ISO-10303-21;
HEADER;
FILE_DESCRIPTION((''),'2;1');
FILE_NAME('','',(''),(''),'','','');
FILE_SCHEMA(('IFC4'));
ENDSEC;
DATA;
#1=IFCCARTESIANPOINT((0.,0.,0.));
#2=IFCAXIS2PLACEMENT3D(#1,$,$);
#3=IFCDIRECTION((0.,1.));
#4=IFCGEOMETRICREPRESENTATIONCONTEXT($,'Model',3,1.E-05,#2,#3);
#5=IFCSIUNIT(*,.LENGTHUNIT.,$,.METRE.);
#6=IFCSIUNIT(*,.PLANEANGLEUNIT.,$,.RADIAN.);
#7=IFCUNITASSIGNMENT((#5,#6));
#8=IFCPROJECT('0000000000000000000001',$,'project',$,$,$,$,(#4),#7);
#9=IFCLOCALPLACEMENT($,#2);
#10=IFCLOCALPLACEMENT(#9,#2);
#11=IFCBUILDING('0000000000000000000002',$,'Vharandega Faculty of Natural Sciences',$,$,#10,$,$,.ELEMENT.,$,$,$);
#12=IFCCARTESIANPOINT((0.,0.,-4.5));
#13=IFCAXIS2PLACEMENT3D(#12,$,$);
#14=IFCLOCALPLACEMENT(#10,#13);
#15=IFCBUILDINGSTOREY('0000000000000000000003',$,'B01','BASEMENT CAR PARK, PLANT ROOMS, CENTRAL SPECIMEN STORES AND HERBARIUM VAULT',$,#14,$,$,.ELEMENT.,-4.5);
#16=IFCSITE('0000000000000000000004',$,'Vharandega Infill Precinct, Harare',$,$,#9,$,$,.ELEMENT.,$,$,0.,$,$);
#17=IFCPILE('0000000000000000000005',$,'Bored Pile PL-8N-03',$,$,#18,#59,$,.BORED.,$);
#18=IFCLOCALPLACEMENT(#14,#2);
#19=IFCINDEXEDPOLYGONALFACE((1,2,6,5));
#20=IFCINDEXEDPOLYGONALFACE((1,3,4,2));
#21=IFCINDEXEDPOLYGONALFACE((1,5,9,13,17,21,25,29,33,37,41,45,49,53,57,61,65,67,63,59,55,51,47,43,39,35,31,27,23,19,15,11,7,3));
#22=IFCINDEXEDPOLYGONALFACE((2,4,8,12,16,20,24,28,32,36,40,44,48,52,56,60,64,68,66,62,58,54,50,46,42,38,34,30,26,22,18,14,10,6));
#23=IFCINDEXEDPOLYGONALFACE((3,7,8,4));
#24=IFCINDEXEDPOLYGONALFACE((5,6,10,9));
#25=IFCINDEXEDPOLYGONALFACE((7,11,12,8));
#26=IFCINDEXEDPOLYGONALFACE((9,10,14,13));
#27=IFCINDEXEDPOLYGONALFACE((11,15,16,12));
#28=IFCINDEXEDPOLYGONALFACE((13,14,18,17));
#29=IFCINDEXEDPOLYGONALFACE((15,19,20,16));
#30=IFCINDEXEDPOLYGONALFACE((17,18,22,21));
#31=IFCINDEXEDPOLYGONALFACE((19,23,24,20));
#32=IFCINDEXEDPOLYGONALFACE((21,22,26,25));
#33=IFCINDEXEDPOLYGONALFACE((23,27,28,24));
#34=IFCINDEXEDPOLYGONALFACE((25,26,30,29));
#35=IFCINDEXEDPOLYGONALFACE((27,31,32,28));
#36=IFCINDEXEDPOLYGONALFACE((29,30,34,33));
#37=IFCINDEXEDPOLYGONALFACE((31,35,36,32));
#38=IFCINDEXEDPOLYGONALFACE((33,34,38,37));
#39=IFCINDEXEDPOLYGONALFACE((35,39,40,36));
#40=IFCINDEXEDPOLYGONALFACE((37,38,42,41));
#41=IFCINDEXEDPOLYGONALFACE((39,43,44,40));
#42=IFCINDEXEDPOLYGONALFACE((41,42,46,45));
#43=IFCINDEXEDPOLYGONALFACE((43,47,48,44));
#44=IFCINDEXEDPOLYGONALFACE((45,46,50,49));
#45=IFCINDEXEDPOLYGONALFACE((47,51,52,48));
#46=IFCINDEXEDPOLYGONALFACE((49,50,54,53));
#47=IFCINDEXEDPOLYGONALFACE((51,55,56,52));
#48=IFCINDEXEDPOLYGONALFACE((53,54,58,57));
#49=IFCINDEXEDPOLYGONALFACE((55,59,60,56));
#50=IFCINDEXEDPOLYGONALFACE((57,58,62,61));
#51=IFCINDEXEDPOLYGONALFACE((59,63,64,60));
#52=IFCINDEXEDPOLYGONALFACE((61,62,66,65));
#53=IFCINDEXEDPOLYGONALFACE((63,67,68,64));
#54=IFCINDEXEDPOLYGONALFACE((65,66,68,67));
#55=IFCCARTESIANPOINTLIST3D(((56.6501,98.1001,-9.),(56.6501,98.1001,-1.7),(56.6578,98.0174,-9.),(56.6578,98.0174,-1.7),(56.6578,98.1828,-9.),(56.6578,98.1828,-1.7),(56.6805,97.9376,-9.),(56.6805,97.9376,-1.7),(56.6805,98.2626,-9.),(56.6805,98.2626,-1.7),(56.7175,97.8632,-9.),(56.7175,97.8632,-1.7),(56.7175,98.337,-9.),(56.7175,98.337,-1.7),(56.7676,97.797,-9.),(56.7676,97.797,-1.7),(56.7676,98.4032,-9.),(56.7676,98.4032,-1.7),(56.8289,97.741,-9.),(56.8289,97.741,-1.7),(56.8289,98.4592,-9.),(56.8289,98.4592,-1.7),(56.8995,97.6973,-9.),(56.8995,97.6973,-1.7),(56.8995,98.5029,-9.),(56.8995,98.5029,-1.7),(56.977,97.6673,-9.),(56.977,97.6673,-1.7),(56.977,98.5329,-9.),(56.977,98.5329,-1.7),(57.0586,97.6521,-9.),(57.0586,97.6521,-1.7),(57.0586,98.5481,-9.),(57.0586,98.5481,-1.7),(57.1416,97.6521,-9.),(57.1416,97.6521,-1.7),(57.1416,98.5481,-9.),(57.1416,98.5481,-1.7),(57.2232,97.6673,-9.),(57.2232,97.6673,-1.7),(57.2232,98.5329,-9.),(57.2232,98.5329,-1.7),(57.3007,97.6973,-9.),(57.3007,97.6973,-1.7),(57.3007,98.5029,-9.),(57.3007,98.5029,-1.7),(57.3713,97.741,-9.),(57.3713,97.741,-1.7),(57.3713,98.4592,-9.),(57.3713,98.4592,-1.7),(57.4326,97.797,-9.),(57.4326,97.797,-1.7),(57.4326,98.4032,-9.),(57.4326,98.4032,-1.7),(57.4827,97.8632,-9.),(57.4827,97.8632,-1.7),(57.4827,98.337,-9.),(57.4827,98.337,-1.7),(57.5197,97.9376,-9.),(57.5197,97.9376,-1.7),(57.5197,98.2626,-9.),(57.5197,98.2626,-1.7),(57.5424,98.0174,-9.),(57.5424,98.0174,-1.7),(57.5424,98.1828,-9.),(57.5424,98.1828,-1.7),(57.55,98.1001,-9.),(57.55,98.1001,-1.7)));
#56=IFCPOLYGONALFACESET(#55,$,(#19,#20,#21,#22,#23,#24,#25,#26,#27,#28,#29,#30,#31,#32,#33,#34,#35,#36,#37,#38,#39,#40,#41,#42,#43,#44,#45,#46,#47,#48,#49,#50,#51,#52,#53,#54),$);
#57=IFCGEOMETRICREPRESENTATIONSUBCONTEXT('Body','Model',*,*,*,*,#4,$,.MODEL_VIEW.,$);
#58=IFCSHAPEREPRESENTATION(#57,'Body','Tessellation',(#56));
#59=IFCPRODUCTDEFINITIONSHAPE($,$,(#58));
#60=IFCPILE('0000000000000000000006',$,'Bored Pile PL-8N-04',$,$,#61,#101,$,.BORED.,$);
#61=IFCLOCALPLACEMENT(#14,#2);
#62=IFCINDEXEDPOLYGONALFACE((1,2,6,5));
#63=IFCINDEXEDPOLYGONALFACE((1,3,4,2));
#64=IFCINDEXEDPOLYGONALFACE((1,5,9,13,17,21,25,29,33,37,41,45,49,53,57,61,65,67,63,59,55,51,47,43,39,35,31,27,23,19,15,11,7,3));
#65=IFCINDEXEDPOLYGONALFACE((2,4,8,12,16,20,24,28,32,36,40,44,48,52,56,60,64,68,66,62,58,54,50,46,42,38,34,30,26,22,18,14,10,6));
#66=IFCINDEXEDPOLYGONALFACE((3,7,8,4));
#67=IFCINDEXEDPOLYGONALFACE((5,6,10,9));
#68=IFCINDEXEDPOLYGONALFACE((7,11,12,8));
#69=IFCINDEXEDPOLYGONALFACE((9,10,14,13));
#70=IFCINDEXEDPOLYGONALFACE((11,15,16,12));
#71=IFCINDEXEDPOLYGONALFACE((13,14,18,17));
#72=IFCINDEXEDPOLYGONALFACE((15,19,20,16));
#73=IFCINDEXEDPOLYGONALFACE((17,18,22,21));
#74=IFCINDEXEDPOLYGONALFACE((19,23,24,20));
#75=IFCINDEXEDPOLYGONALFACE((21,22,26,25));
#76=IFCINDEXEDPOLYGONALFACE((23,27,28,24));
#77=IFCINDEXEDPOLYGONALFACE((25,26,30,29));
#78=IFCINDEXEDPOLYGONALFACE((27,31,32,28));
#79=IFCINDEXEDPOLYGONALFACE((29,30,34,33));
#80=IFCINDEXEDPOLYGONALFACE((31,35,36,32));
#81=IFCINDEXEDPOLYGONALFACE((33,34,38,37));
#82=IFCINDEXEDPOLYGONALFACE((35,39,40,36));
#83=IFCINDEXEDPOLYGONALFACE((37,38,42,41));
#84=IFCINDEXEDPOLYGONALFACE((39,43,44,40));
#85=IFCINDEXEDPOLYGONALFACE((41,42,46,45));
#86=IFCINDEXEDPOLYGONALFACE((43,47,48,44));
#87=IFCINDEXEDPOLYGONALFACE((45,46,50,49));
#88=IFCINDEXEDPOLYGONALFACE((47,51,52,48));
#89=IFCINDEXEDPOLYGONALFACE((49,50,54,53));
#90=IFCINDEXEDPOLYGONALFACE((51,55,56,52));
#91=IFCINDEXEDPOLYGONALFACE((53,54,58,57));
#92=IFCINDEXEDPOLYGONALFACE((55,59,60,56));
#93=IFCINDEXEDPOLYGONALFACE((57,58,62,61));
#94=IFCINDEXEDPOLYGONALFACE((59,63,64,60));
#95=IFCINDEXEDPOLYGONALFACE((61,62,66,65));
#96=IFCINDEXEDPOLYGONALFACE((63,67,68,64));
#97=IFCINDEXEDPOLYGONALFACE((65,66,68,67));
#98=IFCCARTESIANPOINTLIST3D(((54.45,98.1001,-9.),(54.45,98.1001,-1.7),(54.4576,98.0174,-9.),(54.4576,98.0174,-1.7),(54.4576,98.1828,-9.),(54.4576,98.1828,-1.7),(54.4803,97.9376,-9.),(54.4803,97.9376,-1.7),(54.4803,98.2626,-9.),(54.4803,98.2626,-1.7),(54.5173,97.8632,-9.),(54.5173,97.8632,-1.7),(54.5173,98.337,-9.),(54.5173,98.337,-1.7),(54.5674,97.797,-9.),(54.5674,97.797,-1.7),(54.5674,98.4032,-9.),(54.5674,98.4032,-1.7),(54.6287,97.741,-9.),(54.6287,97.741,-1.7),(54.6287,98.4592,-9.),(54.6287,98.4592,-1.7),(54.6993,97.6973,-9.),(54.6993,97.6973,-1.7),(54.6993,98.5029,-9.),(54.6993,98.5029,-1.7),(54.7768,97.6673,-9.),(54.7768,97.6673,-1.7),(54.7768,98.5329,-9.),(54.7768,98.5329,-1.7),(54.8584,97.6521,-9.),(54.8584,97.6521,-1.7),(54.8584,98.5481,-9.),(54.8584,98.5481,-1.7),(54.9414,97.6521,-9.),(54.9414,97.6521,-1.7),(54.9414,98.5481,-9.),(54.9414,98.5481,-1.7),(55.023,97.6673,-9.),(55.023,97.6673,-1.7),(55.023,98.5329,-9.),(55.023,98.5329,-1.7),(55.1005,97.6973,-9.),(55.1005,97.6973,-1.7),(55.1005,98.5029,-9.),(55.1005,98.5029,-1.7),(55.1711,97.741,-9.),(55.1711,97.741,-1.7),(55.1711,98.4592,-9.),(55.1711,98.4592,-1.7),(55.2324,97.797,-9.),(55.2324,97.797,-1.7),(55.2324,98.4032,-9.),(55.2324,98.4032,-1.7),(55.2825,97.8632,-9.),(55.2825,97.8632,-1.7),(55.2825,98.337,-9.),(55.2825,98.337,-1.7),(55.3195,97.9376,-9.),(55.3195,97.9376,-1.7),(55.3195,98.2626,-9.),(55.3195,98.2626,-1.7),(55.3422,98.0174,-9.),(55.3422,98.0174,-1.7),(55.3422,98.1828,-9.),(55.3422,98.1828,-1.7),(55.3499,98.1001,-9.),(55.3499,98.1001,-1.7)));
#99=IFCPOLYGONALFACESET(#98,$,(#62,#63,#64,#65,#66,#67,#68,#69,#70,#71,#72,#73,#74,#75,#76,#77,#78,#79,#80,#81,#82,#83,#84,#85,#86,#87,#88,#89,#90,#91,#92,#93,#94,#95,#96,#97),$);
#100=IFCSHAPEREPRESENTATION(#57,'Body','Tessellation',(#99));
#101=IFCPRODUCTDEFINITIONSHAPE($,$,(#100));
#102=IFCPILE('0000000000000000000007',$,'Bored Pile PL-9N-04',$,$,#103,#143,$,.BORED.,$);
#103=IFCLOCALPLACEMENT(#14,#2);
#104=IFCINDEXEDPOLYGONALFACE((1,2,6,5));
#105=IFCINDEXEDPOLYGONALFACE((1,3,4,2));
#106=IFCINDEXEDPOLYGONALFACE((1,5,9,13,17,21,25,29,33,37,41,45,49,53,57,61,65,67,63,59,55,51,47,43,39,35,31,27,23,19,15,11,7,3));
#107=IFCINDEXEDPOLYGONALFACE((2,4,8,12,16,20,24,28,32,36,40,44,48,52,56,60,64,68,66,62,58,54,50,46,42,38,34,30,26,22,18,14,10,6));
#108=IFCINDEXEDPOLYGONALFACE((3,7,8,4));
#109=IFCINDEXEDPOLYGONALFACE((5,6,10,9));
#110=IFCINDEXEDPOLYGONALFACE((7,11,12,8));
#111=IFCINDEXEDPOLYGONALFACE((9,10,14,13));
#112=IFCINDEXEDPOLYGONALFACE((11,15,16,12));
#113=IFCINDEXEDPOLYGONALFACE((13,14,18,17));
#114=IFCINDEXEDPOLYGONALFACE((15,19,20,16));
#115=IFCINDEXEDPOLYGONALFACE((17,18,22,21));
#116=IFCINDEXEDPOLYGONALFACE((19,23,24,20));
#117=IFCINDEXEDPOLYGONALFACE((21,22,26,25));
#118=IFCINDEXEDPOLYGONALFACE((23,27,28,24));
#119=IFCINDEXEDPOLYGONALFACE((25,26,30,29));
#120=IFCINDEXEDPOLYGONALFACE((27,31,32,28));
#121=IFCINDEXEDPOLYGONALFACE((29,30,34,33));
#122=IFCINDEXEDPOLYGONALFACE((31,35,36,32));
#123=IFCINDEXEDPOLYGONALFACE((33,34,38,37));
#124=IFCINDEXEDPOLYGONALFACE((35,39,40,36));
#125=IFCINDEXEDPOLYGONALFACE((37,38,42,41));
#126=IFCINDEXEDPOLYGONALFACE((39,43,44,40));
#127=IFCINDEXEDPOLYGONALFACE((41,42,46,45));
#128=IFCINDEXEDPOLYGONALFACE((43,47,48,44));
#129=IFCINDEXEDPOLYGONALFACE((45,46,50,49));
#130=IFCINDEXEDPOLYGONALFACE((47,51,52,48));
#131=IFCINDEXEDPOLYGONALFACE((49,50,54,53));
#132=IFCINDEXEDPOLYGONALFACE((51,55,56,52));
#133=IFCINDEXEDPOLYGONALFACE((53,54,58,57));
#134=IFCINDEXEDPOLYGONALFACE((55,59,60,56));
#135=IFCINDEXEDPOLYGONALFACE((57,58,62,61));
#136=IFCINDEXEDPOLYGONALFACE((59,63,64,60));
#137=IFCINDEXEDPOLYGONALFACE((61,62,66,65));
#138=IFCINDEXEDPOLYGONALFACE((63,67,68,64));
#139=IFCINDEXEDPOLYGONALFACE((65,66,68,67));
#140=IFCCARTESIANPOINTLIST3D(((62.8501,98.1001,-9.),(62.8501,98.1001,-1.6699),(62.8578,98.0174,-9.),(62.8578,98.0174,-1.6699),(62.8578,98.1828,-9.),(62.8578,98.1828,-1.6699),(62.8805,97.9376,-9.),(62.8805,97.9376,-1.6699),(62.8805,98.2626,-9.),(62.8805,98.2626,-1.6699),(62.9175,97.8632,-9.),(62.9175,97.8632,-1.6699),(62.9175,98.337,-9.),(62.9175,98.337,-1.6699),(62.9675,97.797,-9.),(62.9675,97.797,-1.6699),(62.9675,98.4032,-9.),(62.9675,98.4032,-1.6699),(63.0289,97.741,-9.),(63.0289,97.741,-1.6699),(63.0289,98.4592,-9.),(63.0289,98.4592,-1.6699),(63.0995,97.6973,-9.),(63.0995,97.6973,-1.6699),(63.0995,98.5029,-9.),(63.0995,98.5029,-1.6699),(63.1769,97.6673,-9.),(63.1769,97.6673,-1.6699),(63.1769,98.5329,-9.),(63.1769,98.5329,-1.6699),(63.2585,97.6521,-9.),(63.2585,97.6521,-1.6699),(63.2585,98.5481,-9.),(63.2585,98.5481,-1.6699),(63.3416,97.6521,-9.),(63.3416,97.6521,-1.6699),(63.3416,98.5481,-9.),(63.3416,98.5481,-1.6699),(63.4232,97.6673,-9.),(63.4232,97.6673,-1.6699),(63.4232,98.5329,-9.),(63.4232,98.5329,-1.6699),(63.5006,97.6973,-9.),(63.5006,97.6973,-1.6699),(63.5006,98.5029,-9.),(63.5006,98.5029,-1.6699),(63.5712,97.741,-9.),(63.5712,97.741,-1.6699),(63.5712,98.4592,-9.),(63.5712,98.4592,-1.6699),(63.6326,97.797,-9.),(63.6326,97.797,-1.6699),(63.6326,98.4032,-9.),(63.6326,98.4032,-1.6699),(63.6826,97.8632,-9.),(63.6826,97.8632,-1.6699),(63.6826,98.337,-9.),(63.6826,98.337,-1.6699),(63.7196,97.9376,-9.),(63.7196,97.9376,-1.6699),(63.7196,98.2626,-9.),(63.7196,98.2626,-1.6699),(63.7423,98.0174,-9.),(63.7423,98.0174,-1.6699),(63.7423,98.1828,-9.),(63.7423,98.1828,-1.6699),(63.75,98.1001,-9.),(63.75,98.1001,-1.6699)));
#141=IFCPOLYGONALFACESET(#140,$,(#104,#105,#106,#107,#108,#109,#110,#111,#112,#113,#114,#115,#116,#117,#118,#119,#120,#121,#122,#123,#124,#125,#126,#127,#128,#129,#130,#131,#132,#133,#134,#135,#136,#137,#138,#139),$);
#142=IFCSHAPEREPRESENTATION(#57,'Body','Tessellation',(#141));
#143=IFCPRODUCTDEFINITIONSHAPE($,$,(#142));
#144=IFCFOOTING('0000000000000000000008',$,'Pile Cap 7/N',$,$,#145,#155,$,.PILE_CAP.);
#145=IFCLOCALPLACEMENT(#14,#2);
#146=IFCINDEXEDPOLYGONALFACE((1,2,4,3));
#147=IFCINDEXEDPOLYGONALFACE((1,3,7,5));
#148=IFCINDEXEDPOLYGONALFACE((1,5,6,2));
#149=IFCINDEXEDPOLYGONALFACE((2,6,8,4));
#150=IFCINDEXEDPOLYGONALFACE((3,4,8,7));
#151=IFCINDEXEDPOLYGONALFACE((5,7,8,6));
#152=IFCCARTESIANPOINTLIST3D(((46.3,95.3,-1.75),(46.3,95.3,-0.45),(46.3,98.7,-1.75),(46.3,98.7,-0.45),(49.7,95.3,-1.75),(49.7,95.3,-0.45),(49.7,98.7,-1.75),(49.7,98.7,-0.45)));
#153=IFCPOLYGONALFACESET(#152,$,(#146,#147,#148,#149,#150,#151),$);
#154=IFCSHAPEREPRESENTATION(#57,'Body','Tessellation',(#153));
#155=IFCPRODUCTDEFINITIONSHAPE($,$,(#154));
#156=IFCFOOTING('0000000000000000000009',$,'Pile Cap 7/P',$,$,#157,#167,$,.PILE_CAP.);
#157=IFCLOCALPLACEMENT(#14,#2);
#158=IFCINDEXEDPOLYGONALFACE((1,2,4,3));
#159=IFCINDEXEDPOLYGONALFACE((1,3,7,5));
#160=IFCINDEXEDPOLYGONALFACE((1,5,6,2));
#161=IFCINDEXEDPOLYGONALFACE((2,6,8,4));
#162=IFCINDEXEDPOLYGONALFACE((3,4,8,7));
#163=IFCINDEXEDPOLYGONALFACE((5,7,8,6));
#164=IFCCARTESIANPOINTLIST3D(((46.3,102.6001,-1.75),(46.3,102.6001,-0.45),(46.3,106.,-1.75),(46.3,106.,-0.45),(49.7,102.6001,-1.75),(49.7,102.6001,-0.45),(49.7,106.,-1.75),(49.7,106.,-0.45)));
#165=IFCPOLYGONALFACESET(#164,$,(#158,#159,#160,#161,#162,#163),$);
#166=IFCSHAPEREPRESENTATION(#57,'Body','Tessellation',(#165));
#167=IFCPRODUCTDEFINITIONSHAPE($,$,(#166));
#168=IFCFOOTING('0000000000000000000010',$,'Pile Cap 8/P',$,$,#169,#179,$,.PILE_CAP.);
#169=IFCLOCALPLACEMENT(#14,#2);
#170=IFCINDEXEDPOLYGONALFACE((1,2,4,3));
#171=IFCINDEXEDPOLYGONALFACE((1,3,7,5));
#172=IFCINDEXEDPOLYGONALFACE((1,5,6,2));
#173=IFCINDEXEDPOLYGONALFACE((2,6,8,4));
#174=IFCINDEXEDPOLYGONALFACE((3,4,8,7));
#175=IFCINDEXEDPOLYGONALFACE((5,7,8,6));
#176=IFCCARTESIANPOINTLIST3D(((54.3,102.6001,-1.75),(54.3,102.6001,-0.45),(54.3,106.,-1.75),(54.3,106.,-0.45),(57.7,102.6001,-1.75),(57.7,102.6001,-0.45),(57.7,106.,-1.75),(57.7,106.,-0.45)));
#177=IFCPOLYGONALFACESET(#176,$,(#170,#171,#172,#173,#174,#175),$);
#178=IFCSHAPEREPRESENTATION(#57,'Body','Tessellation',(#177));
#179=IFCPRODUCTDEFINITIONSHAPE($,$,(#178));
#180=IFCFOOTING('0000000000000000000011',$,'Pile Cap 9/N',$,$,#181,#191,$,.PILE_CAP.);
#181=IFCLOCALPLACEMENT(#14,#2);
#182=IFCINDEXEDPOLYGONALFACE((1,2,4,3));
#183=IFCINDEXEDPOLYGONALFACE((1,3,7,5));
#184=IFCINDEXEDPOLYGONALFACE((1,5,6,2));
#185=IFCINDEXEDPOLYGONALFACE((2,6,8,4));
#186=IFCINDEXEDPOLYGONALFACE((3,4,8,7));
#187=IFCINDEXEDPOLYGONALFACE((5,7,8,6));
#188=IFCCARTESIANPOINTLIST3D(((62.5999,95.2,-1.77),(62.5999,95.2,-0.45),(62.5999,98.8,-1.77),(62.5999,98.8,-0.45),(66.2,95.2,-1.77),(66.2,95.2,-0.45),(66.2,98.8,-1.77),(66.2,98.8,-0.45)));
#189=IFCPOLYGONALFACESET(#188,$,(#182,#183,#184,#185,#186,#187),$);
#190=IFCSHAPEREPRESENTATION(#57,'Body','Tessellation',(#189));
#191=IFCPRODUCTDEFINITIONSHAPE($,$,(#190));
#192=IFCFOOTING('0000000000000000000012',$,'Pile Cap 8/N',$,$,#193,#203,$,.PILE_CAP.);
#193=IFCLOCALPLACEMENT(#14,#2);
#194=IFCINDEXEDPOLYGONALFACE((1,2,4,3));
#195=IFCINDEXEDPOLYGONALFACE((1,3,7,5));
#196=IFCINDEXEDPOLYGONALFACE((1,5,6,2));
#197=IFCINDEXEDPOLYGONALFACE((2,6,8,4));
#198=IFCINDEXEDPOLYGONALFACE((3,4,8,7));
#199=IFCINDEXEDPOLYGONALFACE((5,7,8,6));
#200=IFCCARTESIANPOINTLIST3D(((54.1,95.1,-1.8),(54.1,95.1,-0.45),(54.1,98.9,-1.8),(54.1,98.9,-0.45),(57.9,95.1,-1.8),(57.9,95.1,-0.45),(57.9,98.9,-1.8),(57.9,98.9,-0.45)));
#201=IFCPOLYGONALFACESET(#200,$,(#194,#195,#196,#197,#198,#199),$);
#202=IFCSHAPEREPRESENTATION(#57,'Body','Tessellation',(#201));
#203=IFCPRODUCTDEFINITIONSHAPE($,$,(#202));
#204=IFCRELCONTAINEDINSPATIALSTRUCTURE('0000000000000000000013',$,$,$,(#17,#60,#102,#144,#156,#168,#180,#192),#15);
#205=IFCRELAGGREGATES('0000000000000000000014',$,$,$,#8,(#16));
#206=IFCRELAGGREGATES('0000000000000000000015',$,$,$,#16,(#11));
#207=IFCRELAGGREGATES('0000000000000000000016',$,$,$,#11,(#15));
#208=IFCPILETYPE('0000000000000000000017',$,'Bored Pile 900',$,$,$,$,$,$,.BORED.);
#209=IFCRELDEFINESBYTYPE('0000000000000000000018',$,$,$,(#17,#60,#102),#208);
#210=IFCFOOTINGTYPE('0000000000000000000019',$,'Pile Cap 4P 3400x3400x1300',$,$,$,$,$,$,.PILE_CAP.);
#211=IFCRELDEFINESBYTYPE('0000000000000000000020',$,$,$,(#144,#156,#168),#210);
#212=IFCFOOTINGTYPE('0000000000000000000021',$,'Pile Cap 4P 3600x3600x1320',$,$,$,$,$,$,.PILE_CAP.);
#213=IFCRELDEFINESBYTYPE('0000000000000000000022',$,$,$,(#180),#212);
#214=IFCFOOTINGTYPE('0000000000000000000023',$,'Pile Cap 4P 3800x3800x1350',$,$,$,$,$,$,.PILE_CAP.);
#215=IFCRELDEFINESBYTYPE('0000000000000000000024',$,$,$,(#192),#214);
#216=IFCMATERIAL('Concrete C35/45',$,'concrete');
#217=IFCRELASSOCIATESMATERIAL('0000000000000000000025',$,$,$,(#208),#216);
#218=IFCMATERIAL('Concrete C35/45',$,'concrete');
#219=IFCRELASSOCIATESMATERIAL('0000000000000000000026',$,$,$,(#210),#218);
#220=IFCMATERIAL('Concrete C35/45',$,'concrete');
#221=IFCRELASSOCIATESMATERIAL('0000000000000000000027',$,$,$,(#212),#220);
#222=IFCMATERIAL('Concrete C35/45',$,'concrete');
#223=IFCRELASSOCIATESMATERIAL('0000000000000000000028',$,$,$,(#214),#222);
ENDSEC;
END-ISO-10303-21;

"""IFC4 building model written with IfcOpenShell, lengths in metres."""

from ifc_helpers import new_model, si_unit, direction, frame, origin, origin_2d, place, context, subcontext, project, spatial, rectangle, circle, extrude, material, material_profile, profile_set, type_object, element, save


model = new_model("IFC4")

# Units and contexts
model_context = context("Model", 3, precision=1e-05, world=origin(), true_north=direction((0.0, 1.0)))
body_context = subcontext(model_context, "Body", "Model", "MODEL_VIEW")
ifc_project = project(units=[si_unit("LENGTHUNIT", "METRE"), si_unit("PLANEANGLEUNIT", "RADIAN")], contexts=[model_context])

# Site, building, storey
site_placement = place(None, origin())
site = spatial("IfcSite", under=ifc_project, at=site_placement, Name="Vharandega Infill Precinct, Harare", CompositionType="ELEMENT", RefElevation=0.0)
building_placement = place(site_placement, origin())
building = spatial("IfcBuilding", under=site, at=building_placement, Name="Vharandega Faculty of Natural Sciences", CompositionType="ELEMENT")
storey_placement = place(building_placement, frame((0.0, 0.0, -4.5)))
storey = spatial("IfcBuildingStorey", under=building, at=storey_placement, Name="B01", Description="BASEMENT CAR PARK, PLANT ROOMS, CENTRAL SPECIMEN STORES AND HERBARIUM VAULT", CompositionType="ELEMENT", Elevation=-4.5)

# Piles
ifc_material_1 = material(Name="Concrete C35/45", Category="concrete")
ifc_material_profile_1 = material_profile(ifc_material_1, circle(Radius=0.45, at=origin_2d()), Name="PILE 900")
ifc_profile_set_1 = profile_set([ifc_material_profile_1], Name="Concrete C35/45")
pile_type_1 = type_object("IfcPileType", Name="Bored Pile 900", PredefinedType="BORED", material=ifc_profile_set_1)
for number, where, z_axis, x_axis, name in (
    (1, (57.1001, 98.1001, -1.7), (0.0, 0.0, -1.0), (1.0, 0.0, 0.0), "Bored Pile PL-8N-03"),
    (2, (54.8999, 98.1001, -1.7), (0.0, 0.0, -1.0), (1.0, 0.0, 0.0), "Bored Pile PL-8N-04"),
):
    element("IfcPile", number, at=place(storey_placement, frame(where, z_axis=z_axis, x_axis=x_axis)), inside=storey, type_object=pile_type_1, Name=name, PredefinedType="BORED", context=body_context, shape_type="SweptSolid", body=[
        extrude(circle(Radius=0.45, at=origin_2d()), origin(), (0.0, 0.0, 1.0), 7.3),
    ])
pile_placement = place(storey_placement, frame((63.3, 98.1001, -1.6699), z_axis=(0.0, 0.0, -1.0), x_axis=(1.0, 0.0, 0.0)))
element("IfcPile", 3, at=pile_placement, inside=storey, type_object=pile_type_1, Name="Bored Pile PL-9N-04", PredefinedType="BORED", context=body_context, shape_type="SweptSolid", body=[
    extrude(circle(Radius=0.45, at=origin_2d()), origin(), (0.0, 0.0, 1.0), 7.3301),
])

# Footings
ifc_material_2 = material(Name="Concrete C35/45", Category="concrete")
footing_type_1 = type_object("IfcFootingType", Name="Pile Cap 4P 3400x3400x1300", PredefinedType="PILE_CAP", material=ifc_material_2)
for number, where, z_axis, x_axis, name in (
    (4, (48.0, 97.0, -1.75), (0.0, 0.0, 1.0), (1.0, 0.0, 0.0), "Pile Cap 7/N"),
    (5, (48.0, 104.3, -1.75), (0.0, 0.0, 1.0), (1.0, 0.0, 0.0), "Pile Cap 7/P"),
    (6, (56.0, 104.3, -1.75), (0.0, 0.0, 1.0), (1.0, 0.0, 0.0), "Pile Cap 8/P"),
):
    element("IfcFooting", number, at=place(storey_placement, frame(where, z_axis=z_axis, x_axis=x_axis)), inside=storey, type_object=footing_type_1, Name=name, PredefinedType="PILE_CAP", context=body_context, shape_type="SweptSolid", body=[
        extrude(rectangle(XDim=3.3999, YDim=3.3999, at=origin_2d()), origin(), (0.0, 0.0, 1.0), 1.3),
    ])
ifc_material_3 = material(Name="Concrete C35/45", Category="concrete")
footing_type_2 = type_object("IfcFootingType", Name="Pile Cap 4P 3600x3600x1320", PredefinedType="PILE_CAP", material=ifc_material_3)
footing_1_placement = place(storey_placement, frame((64.3999, 97.0, -1.77), z_axis=(0.0, 0.0, 1.0), x_axis=(1.0, 0.0, 0.0)))
element("IfcFooting", 7, at=footing_1_placement, inside=storey, type_object=footing_type_2, Name="Pile Cap 9/N", PredefinedType="PILE_CAP", context=body_context, shape_type="SweptSolid", body=[
    extrude(rectangle(XDim=3.6001, YDim=3.6001, at=origin_2d()), origin(), (0.0, 0.0, 1.0), 1.3201),
])
ifc_material_4 = material(Name="Concrete C35/45", Category="concrete")
footing_type_3 = type_object("IfcFootingType", Name="Pile Cap 4P 3800x3800x1350", PredefinedType="PILE_CAP", material=ifc_material_4)
footing_2_placement = place(storey_placement, frame((56.0, 97.0, -1.8), z_axis=(0.0, 0.0, 1.0), x_axis=(1.0, 0.0, 0.0)))
element("IfcFooting", 8, at=footing_2_placement, inside=storey, type_object=footing_type_3, Name="Pile Cap 8/N", PredefinedType="PILE_CAP", context=body_context, shape_type="SweptSolid", body=[
    extrude(rectangle(XDim=3.8, YDim=3.8, at=origin_2d()), origin(), (0.0, 0.0, 1.0), 1.3501),
])

save(model, "model.ifc")
